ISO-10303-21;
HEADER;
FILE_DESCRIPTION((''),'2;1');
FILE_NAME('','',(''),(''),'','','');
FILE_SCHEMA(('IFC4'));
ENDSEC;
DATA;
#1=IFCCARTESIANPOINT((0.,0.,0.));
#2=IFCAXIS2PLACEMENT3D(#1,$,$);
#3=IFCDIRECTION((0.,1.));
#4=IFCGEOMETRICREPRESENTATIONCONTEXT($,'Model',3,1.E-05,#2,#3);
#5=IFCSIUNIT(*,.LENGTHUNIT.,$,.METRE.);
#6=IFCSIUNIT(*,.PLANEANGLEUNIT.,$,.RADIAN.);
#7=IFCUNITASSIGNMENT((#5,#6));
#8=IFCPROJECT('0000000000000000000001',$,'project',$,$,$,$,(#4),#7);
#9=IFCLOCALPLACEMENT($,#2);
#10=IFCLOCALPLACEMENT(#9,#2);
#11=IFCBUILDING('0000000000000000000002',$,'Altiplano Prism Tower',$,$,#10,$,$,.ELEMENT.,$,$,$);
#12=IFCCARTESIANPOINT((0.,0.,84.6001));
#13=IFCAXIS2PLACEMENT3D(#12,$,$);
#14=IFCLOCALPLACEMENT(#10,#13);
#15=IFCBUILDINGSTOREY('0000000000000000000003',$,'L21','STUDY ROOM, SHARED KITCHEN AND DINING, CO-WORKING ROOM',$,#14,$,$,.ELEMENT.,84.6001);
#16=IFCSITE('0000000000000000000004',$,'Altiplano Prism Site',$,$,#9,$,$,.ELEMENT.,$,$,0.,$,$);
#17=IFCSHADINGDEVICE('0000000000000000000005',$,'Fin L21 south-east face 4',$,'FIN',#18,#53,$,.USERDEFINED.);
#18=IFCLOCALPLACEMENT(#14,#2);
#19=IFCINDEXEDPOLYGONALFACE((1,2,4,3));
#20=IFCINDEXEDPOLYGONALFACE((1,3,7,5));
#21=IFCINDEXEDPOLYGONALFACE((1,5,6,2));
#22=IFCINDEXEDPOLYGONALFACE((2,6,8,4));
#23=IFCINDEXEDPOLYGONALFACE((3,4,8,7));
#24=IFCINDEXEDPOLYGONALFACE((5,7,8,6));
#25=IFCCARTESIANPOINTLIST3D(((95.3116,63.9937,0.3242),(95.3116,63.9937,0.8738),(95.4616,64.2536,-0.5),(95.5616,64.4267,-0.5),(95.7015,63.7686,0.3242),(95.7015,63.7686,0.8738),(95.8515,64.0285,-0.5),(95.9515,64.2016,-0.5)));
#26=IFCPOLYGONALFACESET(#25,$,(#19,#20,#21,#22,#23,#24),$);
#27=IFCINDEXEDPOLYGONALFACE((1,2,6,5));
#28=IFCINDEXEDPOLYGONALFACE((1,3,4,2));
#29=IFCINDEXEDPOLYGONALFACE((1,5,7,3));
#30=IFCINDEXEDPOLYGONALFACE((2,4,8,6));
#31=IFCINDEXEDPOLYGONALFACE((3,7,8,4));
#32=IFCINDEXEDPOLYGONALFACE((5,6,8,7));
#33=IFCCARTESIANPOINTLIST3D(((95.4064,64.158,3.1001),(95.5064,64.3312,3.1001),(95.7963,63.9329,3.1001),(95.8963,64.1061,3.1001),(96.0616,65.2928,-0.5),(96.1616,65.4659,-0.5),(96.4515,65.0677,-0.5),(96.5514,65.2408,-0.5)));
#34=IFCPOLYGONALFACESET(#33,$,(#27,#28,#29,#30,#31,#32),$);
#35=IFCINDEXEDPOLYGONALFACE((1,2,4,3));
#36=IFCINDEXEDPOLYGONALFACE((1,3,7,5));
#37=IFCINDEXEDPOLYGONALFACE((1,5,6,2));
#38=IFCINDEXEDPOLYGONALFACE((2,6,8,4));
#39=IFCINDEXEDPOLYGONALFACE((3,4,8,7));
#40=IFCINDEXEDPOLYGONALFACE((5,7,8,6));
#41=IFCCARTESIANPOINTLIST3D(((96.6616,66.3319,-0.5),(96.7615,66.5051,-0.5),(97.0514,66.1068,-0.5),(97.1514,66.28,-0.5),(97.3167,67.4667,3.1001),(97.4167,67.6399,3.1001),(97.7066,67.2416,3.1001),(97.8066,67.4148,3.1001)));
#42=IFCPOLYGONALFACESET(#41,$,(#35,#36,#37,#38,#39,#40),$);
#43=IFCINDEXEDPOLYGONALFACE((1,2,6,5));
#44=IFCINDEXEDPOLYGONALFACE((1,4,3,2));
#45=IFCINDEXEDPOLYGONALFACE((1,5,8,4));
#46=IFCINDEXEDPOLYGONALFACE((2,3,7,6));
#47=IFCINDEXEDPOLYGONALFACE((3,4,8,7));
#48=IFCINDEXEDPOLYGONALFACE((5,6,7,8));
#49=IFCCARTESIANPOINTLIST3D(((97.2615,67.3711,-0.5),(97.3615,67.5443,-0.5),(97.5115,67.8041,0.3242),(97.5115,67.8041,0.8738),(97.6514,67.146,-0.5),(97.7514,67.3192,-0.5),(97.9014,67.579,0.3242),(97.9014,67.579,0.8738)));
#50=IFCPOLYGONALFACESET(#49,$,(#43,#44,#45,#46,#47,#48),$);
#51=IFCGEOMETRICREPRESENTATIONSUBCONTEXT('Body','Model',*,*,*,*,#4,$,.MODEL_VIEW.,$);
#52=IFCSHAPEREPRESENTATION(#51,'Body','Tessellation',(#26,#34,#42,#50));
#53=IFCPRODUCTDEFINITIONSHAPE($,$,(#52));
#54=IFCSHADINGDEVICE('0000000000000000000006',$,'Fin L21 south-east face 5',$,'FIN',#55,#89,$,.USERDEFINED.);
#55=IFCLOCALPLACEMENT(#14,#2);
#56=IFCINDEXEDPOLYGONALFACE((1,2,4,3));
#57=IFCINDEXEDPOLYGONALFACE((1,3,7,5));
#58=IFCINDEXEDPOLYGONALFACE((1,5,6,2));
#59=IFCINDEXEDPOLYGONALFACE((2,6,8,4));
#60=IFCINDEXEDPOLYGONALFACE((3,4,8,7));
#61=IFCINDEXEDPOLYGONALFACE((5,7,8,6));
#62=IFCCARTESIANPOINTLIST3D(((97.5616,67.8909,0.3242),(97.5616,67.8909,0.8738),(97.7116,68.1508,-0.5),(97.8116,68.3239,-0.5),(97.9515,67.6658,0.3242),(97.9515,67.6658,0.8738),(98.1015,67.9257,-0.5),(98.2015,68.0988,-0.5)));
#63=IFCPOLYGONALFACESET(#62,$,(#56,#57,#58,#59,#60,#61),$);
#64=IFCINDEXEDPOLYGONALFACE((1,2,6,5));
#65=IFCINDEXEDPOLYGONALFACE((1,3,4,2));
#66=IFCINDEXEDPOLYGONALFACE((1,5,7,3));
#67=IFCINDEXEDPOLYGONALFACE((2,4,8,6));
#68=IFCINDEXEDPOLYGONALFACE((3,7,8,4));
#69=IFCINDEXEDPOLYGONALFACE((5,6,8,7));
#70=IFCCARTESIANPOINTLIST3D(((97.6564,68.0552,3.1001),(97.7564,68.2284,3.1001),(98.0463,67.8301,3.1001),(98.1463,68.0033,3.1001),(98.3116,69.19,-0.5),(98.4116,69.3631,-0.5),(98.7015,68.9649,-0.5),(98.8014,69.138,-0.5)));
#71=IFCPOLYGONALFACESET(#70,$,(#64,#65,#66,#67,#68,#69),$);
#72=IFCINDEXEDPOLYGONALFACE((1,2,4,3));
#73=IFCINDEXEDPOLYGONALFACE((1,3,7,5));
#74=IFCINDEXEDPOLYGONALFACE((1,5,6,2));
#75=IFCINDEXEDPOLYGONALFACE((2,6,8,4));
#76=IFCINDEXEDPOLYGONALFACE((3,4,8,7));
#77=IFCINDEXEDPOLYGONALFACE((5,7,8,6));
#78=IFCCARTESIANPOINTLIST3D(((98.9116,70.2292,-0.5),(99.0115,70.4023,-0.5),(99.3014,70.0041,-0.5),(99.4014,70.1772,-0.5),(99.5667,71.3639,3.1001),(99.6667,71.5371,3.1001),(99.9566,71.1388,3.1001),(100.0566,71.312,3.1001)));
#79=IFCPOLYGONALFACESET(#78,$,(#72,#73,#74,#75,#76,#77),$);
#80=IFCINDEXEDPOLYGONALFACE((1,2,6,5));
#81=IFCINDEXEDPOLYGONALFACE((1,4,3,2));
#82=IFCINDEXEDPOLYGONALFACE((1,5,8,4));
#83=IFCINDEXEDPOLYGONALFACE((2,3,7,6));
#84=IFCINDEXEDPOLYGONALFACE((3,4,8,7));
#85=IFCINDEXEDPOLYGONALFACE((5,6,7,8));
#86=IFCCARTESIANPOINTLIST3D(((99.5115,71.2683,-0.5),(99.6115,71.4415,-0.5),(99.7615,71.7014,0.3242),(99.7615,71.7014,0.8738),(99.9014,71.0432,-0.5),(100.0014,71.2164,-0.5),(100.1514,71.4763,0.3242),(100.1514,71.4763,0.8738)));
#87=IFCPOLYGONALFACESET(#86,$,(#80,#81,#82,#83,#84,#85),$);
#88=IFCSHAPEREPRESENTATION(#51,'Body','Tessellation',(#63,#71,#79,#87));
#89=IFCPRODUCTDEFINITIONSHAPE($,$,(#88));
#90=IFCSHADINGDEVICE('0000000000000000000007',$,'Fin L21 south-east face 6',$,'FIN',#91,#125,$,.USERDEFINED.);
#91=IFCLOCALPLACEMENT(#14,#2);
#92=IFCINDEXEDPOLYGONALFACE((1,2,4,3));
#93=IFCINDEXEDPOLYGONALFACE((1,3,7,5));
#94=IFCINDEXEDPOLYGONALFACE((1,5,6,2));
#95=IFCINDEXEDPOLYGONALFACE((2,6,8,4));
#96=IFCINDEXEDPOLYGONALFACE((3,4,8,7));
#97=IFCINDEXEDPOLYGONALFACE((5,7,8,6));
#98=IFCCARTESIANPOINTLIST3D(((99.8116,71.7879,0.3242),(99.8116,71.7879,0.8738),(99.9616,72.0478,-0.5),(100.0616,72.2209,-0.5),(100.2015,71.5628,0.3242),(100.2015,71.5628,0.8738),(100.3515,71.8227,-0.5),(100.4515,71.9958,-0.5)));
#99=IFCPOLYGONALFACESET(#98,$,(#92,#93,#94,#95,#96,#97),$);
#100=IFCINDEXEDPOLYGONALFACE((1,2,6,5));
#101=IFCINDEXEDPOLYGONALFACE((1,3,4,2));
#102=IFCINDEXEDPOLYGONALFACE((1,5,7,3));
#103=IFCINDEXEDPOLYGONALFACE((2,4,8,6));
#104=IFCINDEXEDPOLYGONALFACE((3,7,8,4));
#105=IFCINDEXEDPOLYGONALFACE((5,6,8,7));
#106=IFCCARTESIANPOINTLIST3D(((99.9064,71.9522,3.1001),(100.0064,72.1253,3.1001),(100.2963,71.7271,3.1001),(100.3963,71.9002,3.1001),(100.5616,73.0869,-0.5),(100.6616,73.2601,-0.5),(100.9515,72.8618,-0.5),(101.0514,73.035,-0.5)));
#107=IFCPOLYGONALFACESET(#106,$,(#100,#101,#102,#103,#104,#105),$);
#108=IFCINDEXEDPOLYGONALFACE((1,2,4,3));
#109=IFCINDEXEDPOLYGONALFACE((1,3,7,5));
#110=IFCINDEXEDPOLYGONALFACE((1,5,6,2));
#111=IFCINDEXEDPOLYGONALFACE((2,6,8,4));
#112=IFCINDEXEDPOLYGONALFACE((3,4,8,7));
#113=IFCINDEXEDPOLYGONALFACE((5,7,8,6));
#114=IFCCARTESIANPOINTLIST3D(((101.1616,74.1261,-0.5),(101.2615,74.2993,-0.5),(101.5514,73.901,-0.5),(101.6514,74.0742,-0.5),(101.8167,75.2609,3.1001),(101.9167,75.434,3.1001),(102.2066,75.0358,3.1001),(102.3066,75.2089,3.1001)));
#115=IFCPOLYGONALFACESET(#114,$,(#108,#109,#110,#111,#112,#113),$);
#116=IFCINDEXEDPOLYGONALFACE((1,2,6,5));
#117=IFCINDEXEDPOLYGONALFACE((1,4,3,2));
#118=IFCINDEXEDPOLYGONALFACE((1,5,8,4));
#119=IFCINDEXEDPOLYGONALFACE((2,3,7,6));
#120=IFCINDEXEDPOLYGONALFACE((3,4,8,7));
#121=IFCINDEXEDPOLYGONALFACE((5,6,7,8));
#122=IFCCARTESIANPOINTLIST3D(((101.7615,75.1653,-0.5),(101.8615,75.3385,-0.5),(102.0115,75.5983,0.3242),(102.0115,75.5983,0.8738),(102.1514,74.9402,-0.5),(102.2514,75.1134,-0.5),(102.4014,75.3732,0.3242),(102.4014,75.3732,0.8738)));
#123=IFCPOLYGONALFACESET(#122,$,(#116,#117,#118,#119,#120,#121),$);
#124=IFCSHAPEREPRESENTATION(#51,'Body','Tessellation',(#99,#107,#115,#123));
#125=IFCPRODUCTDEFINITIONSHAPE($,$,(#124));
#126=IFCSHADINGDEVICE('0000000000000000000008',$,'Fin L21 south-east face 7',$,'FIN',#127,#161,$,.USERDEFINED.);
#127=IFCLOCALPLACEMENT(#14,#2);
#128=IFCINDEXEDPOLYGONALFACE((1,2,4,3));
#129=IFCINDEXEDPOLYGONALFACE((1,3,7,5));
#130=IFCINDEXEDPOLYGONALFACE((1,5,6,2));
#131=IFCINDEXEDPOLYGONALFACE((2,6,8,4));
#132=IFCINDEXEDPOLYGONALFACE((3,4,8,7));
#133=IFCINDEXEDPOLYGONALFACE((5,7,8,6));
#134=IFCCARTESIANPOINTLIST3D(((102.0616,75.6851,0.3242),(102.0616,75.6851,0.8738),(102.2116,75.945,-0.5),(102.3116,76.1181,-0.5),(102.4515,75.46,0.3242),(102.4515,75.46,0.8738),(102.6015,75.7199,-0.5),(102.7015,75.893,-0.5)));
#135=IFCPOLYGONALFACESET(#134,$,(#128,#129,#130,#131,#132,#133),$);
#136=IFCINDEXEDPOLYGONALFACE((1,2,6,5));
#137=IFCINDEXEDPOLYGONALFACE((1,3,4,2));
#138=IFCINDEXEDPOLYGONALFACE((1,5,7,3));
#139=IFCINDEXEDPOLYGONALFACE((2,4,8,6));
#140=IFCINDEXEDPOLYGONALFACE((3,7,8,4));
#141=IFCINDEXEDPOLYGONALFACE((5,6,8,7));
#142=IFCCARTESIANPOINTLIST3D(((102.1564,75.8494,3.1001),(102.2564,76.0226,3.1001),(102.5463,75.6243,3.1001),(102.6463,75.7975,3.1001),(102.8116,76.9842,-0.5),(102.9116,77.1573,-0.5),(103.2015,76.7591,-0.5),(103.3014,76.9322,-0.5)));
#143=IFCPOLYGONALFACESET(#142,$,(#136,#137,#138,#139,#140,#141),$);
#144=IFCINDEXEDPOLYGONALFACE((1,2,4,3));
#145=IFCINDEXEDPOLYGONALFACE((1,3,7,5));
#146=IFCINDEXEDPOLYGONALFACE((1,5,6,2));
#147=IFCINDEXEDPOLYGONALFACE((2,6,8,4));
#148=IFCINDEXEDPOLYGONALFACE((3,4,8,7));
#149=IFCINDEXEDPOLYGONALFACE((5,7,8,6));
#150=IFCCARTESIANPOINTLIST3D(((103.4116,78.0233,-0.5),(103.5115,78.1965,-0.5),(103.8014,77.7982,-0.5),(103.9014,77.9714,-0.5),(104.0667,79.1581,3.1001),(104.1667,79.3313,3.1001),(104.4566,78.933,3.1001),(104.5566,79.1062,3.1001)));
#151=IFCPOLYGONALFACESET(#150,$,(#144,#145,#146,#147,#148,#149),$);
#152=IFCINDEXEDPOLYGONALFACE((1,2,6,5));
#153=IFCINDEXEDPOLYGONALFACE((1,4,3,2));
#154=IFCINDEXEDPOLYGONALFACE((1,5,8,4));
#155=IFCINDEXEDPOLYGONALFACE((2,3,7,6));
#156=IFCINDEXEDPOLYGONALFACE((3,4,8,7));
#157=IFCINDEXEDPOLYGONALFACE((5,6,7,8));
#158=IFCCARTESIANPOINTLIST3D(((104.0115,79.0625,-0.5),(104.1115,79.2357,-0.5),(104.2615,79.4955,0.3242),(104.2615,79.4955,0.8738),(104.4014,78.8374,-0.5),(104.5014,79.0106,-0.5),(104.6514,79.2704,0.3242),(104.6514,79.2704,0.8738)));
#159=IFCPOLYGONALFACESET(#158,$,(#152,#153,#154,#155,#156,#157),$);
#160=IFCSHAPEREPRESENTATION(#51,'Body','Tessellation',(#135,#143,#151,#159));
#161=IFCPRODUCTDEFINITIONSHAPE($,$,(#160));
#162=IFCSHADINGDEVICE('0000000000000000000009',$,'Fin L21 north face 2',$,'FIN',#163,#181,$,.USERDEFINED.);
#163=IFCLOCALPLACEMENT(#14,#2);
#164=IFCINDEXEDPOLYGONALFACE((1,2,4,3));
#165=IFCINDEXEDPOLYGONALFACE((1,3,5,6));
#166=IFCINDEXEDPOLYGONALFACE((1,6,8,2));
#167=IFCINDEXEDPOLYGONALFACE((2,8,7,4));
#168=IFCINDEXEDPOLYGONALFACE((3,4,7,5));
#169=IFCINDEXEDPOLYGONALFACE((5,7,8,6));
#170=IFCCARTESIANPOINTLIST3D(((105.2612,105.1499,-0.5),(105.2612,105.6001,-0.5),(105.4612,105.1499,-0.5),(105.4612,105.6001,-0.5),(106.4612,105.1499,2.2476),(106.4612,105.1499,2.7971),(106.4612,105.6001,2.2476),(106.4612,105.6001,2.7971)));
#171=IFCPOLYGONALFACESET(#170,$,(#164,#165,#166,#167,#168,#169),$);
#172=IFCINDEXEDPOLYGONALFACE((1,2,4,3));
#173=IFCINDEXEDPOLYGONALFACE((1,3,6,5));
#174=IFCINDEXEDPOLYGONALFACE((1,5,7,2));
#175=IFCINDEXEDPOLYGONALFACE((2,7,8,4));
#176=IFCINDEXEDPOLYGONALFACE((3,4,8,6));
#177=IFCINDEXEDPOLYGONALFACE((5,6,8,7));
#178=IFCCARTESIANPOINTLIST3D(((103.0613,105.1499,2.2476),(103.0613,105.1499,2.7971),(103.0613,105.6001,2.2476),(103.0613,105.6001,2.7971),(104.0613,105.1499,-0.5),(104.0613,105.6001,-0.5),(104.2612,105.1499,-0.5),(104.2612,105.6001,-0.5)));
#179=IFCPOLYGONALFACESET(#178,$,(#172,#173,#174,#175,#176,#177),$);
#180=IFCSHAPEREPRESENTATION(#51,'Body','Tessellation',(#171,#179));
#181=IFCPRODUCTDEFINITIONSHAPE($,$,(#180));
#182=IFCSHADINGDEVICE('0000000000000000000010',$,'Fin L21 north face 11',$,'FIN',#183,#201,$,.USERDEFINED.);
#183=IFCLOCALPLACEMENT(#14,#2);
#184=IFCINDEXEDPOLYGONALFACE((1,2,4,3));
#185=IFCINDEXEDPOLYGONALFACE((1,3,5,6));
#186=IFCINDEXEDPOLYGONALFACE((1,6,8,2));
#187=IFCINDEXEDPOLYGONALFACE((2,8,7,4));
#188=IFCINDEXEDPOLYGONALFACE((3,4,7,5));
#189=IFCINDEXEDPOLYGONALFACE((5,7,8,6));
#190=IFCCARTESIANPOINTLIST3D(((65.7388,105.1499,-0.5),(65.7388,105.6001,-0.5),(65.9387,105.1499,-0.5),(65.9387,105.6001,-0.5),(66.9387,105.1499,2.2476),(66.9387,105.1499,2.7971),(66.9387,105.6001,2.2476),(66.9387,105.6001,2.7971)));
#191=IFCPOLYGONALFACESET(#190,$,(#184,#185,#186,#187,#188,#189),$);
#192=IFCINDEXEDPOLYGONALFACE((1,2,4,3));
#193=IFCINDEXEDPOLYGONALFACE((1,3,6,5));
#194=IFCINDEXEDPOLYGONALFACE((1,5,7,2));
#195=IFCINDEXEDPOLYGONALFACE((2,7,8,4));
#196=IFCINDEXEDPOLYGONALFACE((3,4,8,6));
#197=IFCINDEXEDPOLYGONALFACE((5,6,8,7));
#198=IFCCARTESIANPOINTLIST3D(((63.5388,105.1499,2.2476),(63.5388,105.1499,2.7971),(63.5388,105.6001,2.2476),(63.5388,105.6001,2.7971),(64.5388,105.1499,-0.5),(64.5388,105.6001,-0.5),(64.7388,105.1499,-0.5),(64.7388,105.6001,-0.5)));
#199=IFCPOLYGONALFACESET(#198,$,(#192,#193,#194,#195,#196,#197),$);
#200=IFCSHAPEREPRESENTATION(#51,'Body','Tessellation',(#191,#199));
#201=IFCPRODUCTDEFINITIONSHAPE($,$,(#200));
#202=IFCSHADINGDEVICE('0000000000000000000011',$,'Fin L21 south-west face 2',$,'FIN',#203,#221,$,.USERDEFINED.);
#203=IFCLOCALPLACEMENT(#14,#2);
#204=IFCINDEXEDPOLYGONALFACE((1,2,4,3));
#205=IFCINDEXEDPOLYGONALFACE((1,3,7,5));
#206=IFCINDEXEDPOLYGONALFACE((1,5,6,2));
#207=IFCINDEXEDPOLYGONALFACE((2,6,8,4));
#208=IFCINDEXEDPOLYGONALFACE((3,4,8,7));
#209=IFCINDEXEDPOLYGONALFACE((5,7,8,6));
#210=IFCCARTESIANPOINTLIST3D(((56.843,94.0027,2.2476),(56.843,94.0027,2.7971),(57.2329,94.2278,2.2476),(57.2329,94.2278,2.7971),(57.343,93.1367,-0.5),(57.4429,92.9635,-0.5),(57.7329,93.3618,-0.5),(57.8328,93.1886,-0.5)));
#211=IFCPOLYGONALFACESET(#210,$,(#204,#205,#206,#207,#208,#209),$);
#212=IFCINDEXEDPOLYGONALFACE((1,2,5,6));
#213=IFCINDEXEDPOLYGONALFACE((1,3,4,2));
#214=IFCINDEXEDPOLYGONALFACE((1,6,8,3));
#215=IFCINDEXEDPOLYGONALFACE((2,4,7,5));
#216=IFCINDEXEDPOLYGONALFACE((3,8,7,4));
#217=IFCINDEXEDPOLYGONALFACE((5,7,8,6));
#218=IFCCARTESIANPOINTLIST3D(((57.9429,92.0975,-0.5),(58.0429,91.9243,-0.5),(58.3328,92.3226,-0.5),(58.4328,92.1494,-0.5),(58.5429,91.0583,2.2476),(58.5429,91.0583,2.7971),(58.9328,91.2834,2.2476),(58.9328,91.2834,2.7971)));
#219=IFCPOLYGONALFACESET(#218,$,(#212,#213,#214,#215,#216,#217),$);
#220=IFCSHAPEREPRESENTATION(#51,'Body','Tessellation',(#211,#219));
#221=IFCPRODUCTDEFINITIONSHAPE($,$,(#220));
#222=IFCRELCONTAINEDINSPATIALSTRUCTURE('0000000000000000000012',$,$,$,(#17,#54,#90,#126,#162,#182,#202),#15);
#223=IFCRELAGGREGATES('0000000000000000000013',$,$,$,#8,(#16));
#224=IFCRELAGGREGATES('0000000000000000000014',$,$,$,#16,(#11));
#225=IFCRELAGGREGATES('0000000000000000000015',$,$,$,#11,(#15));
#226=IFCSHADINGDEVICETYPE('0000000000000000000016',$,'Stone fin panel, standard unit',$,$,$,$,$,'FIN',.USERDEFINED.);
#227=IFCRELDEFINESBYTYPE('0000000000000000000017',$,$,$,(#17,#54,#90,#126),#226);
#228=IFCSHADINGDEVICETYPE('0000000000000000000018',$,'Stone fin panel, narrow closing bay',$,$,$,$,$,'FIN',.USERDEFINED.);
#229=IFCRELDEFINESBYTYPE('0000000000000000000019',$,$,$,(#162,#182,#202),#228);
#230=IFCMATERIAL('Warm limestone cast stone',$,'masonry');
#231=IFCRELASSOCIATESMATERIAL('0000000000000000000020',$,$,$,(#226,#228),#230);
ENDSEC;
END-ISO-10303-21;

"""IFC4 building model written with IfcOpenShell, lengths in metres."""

from ifc_helpers import new_model, si_unit, direction, frame, origin, place, context, subcontext, project, spatial, polyline, outline, extrude, source, transform, mapped, material, type_object, element, save


model = new_model("IFC4")

# Units and contexts
model_context = context("Model", 3, precision=1e-05, world=origin(), true_north=direction((0.0, 1.0)))
body_context = subcontext(model_context, "Body", "Model", "MODEL_VIEW")
ifc_project = project(units=[si_unit("LENGTHUNIT", "METRE"), si_unit("PLANEANGLEUNIT", "RADIAN")], contexts=[model_context])

# Site, building, storey
site_placement = place(None, origin())
site = spatial("IfcSite", under=ifc_project, at=site_placement, Name="Altiplano Prism Site", CompositionType="ELEMENT", RefElevation=0.0)
building_placement = place(site_placement, origin())
building = spatial("IfcBuilding", under=site, at=building_placement, Name="Altiplano Prism Tower", CompositionType="ELEMENT")
storey_placement = place(building_placement, frame((0.0, 0.0, 84.6001)))
storey = spatial("IfcBuildingStorey", under=building, at=storey_placement, Name="L21", Description="STUDY ROOM, SHARED KITCHEN AND DINING, CO-WORKING ROOM", CompositionType="ELEMENT", Elevation=84.6001)

# Shading devices
ifc_material_1 = material(Name="Warm limestone cast stone", Category="masonry")
shading_device_type_1 = type_object("IfcShadingDeviceType", Name="Stone fin panel, standard unit", ElementType="FIN", PredefinedType="USERDEFINED", material=ifc_material_1)
shared_shape_1 = source(origin(), body_context, "Body", "SweptSolid", [
    extrude(outline(polyline([(-2.2, 1.3738), (-2.2, 0.8242), (-1.8999, 0.0), (-1.7, 0.0), (-2.2, 1.3738)])), frame((0.0, -0.1499, 0.0), z_axis=(0.0, -1.0, 0.0), x_axis=(1.0, 0.0, 0.0)), (0.0, 0.0, 1.0), 0.4502),
    extrude(outline(polyline([(-2.0103, 3.6001), (-0.7, 0.0), (-0.5, 0.0), (-1.8103, 3.6001), (-2.0103, 3.6001)])), frame((0.0, -0.1499, 0.0), z_axis=(0.0, -1.0, 0.0), x_axis=(1.0, 0.0, 0.0)), (0.0, 0.0, 1.0), 0.4502),
    extrude(outline(polyline([(1.8103, 3.6001), (0.5, 0.0), (0.7, 0.0), (2.0103, 3.6001), (1.8103, 3.6001)])), frame((0.0, -0.1499, 0.0), z_axis=(0.0, -1.0, 0.0), x_axis=(1.0, 0.0, 0.0)), (0.0, 0.0, 1.0), 0.4502),
    extrude(outline(polyline([(2.2, 0.8242), (2.2, 1.3738), (1.7, 0.0), (1.8999, 0.0), (2.2, 0.8242)])), frame((0.0, -0.1499, 0.0), z_axis=(0.0, -1.0, 0.0), x_axis=(1.0, 0.0, 0.0)), (0.0, 0.0, 1.0), 0.4502),
])
shading_device_1_placement = place(storey_placement, origin())
element("IfcShadingDevice", 1, at=shading_device_1_placement, inside=storey, type_object=shading_device_type_1, Name="Fin L21 south-east face 4", ObjectType="FIN", PredefinedType="USERDEFINED", context=body_context, shape_type="MappedRepresentation", body=[
    mapped(shared_shape_1, transform((96.2817, 65.9739, -0.5), x_axis=(0.5, 0.866025, 0.0), y_axis=(-0.866025, 0.5, 0.0), z_axis=(0.0, 0.0, 1.0))),
])
shading_device_2_placement = place(storey_placement, origin())
element("IfcShadingDevice", 2, at=shading_device_2_placement, inside=storey, type_object=shading_device_type_1, Name="Fin L21 south-east face 5", ObjectType="FIN", PredefinedType="USERDEFINED", context=body_context, shape_type="MappedRepresentation", body=[
    mapped(shared_shape_1, transform((98.5317, 69.8711, -0.5), x_axis=(0.5, 0.866025, 0.0), y_axis=(-0.866025, 0.5, 0.0), z_axis=(0.0, 0.0, 1.0))),
])
shading_device_3_placement = place(storey_placement, origin())
element("IfcShadingDevice", 3, at=shading_device_3_placement, inside=storey, type_object=shading_device_type_1, Name="Fin L21 south-east face 6", ObjectType="FIN", PredefinedType="USERDEFINED", context=body_context, shape_type="MappedRepresentation", body=[
    mapped(shared_shape_1, transform((100.7817, 73.7681, -0.5), x_axis=(0.5, 0.866025, 0.0), y_axis=(-0.866025, 0.5, 0.0), z_axis=(0.0, 0.0, 1.0))),
])
shading_device_4_placement = place(storey_placement, origin())
element("IfcShadingDevice", 4, at=shading_device_4_placement, inside=storey, type_object=shading_device_type_1, Name="Fin L21 south-east face 7", ObjectType="FIN", PredefinedType="USERDEFINED", context=body_context, shape_type="MappedRepresentation", body=[
    mapped(shared_shape_1, transform((103.0317, 77.6653, -0.5), x_axis=(0.5, 0.866025, 0.0), y_axis=(-0.866025, 0.5, 0.0), z_axis=(0.0, 0.0, 1.0))),
])
shading_device_type_2 = type_object("IfcShadingDeviceType", Name="Stone fin panel, narrow closing bay", ElementType="FIN", PredefinedType="USERDEFINED", material=ifc_material_1)
shared_shape_2 = source(origin(), body_context, "Body", "SweptSolid", [
    extrude(outline(polyline([(-1.7, 3.2971), (-1.7, 2.7476), (-0.7, 0.0), (-0.5, 0.0), (-1.7, 3.2971)])), frame((0.0, -0.1499, 0.0), z_axis=(0.0, -1.0, 0.0), x_axis=(1.0, 0.0, 0.0)), (0.0, 0.0, 1.0), 0.4502),
    extrude(outline(polyline([(1.7, 2.7476), (1.7, 3.2971), (0.5, 0.0), (0.7, 0.0), (1.7, 2.7476)])), frame((0.0, -0.1499, 0.0), z_axis=(0.0, -1.0, 0.0), x_axis=(1.0, 0.0, 0.0)), (0.0, 0.0, 1.0), 0.4502),
])
shading_device_5_placement = place(storey_placement, origin())
element("IfcShadingDevice", 5, at=shading_device_5_placement, inside=storey, type_object=shading_device_type_2, Name="Fin L21 north face 2", ObjectType="FIN", PredefinedType="USERDEFINED", context=body_context, shape_type="MappedRepresentation", body=[
    mapped(shared_shape_2, transform((104.7612, 105.0, -0.5), x_axis=(-1.0, 0.0, 0.0), y_axis=(0.0, -1.0, 0.0), z_axis=(0.0, 0.0, 1.0))),
])
shading_device_6_placement = place(storey_placement, origin())
element("IfcShadingDevice", 6, at=shading_device_6_placement, inside=storey, type_object=shading_device_type_2, Name="Fin L21 north face 11", ObjectType="FIN", PredefinedType="USERDEFINED", context=body_context, shape_type="MappedRepresentation", body=[
    mapped(shared_shape_2, transform((65.2388, 105.0, -0.5), x_axis=(-1.0, 0.0, 0.0), y_axis=(0.0, -1.0, 0.0), z_axis=(0.0, 0.0, 1.0))),
])
shading_device_7_placement = place(storey_placement, origin())
element("IfcShadingDevice", 7, at=shading_device_7_placement, inside=storey, type_object=shading_device_type_2, Name="Fin L21 south-west face 2", ObjectType="FIN", PredefinedType="USERDEFINED", context=body_context, shape_type="MappedRepresentation", body=[
    mapped(shared_shape_2, transform((58.2126, 92.8306, -0.5), x_axis=(0.5, -0.866025, 0.0), y_axis=(0.866025, 0.5, 0.0), z_axis=(0.0, 0.0, 1.0))),
])

save(model, "model.ifc")
